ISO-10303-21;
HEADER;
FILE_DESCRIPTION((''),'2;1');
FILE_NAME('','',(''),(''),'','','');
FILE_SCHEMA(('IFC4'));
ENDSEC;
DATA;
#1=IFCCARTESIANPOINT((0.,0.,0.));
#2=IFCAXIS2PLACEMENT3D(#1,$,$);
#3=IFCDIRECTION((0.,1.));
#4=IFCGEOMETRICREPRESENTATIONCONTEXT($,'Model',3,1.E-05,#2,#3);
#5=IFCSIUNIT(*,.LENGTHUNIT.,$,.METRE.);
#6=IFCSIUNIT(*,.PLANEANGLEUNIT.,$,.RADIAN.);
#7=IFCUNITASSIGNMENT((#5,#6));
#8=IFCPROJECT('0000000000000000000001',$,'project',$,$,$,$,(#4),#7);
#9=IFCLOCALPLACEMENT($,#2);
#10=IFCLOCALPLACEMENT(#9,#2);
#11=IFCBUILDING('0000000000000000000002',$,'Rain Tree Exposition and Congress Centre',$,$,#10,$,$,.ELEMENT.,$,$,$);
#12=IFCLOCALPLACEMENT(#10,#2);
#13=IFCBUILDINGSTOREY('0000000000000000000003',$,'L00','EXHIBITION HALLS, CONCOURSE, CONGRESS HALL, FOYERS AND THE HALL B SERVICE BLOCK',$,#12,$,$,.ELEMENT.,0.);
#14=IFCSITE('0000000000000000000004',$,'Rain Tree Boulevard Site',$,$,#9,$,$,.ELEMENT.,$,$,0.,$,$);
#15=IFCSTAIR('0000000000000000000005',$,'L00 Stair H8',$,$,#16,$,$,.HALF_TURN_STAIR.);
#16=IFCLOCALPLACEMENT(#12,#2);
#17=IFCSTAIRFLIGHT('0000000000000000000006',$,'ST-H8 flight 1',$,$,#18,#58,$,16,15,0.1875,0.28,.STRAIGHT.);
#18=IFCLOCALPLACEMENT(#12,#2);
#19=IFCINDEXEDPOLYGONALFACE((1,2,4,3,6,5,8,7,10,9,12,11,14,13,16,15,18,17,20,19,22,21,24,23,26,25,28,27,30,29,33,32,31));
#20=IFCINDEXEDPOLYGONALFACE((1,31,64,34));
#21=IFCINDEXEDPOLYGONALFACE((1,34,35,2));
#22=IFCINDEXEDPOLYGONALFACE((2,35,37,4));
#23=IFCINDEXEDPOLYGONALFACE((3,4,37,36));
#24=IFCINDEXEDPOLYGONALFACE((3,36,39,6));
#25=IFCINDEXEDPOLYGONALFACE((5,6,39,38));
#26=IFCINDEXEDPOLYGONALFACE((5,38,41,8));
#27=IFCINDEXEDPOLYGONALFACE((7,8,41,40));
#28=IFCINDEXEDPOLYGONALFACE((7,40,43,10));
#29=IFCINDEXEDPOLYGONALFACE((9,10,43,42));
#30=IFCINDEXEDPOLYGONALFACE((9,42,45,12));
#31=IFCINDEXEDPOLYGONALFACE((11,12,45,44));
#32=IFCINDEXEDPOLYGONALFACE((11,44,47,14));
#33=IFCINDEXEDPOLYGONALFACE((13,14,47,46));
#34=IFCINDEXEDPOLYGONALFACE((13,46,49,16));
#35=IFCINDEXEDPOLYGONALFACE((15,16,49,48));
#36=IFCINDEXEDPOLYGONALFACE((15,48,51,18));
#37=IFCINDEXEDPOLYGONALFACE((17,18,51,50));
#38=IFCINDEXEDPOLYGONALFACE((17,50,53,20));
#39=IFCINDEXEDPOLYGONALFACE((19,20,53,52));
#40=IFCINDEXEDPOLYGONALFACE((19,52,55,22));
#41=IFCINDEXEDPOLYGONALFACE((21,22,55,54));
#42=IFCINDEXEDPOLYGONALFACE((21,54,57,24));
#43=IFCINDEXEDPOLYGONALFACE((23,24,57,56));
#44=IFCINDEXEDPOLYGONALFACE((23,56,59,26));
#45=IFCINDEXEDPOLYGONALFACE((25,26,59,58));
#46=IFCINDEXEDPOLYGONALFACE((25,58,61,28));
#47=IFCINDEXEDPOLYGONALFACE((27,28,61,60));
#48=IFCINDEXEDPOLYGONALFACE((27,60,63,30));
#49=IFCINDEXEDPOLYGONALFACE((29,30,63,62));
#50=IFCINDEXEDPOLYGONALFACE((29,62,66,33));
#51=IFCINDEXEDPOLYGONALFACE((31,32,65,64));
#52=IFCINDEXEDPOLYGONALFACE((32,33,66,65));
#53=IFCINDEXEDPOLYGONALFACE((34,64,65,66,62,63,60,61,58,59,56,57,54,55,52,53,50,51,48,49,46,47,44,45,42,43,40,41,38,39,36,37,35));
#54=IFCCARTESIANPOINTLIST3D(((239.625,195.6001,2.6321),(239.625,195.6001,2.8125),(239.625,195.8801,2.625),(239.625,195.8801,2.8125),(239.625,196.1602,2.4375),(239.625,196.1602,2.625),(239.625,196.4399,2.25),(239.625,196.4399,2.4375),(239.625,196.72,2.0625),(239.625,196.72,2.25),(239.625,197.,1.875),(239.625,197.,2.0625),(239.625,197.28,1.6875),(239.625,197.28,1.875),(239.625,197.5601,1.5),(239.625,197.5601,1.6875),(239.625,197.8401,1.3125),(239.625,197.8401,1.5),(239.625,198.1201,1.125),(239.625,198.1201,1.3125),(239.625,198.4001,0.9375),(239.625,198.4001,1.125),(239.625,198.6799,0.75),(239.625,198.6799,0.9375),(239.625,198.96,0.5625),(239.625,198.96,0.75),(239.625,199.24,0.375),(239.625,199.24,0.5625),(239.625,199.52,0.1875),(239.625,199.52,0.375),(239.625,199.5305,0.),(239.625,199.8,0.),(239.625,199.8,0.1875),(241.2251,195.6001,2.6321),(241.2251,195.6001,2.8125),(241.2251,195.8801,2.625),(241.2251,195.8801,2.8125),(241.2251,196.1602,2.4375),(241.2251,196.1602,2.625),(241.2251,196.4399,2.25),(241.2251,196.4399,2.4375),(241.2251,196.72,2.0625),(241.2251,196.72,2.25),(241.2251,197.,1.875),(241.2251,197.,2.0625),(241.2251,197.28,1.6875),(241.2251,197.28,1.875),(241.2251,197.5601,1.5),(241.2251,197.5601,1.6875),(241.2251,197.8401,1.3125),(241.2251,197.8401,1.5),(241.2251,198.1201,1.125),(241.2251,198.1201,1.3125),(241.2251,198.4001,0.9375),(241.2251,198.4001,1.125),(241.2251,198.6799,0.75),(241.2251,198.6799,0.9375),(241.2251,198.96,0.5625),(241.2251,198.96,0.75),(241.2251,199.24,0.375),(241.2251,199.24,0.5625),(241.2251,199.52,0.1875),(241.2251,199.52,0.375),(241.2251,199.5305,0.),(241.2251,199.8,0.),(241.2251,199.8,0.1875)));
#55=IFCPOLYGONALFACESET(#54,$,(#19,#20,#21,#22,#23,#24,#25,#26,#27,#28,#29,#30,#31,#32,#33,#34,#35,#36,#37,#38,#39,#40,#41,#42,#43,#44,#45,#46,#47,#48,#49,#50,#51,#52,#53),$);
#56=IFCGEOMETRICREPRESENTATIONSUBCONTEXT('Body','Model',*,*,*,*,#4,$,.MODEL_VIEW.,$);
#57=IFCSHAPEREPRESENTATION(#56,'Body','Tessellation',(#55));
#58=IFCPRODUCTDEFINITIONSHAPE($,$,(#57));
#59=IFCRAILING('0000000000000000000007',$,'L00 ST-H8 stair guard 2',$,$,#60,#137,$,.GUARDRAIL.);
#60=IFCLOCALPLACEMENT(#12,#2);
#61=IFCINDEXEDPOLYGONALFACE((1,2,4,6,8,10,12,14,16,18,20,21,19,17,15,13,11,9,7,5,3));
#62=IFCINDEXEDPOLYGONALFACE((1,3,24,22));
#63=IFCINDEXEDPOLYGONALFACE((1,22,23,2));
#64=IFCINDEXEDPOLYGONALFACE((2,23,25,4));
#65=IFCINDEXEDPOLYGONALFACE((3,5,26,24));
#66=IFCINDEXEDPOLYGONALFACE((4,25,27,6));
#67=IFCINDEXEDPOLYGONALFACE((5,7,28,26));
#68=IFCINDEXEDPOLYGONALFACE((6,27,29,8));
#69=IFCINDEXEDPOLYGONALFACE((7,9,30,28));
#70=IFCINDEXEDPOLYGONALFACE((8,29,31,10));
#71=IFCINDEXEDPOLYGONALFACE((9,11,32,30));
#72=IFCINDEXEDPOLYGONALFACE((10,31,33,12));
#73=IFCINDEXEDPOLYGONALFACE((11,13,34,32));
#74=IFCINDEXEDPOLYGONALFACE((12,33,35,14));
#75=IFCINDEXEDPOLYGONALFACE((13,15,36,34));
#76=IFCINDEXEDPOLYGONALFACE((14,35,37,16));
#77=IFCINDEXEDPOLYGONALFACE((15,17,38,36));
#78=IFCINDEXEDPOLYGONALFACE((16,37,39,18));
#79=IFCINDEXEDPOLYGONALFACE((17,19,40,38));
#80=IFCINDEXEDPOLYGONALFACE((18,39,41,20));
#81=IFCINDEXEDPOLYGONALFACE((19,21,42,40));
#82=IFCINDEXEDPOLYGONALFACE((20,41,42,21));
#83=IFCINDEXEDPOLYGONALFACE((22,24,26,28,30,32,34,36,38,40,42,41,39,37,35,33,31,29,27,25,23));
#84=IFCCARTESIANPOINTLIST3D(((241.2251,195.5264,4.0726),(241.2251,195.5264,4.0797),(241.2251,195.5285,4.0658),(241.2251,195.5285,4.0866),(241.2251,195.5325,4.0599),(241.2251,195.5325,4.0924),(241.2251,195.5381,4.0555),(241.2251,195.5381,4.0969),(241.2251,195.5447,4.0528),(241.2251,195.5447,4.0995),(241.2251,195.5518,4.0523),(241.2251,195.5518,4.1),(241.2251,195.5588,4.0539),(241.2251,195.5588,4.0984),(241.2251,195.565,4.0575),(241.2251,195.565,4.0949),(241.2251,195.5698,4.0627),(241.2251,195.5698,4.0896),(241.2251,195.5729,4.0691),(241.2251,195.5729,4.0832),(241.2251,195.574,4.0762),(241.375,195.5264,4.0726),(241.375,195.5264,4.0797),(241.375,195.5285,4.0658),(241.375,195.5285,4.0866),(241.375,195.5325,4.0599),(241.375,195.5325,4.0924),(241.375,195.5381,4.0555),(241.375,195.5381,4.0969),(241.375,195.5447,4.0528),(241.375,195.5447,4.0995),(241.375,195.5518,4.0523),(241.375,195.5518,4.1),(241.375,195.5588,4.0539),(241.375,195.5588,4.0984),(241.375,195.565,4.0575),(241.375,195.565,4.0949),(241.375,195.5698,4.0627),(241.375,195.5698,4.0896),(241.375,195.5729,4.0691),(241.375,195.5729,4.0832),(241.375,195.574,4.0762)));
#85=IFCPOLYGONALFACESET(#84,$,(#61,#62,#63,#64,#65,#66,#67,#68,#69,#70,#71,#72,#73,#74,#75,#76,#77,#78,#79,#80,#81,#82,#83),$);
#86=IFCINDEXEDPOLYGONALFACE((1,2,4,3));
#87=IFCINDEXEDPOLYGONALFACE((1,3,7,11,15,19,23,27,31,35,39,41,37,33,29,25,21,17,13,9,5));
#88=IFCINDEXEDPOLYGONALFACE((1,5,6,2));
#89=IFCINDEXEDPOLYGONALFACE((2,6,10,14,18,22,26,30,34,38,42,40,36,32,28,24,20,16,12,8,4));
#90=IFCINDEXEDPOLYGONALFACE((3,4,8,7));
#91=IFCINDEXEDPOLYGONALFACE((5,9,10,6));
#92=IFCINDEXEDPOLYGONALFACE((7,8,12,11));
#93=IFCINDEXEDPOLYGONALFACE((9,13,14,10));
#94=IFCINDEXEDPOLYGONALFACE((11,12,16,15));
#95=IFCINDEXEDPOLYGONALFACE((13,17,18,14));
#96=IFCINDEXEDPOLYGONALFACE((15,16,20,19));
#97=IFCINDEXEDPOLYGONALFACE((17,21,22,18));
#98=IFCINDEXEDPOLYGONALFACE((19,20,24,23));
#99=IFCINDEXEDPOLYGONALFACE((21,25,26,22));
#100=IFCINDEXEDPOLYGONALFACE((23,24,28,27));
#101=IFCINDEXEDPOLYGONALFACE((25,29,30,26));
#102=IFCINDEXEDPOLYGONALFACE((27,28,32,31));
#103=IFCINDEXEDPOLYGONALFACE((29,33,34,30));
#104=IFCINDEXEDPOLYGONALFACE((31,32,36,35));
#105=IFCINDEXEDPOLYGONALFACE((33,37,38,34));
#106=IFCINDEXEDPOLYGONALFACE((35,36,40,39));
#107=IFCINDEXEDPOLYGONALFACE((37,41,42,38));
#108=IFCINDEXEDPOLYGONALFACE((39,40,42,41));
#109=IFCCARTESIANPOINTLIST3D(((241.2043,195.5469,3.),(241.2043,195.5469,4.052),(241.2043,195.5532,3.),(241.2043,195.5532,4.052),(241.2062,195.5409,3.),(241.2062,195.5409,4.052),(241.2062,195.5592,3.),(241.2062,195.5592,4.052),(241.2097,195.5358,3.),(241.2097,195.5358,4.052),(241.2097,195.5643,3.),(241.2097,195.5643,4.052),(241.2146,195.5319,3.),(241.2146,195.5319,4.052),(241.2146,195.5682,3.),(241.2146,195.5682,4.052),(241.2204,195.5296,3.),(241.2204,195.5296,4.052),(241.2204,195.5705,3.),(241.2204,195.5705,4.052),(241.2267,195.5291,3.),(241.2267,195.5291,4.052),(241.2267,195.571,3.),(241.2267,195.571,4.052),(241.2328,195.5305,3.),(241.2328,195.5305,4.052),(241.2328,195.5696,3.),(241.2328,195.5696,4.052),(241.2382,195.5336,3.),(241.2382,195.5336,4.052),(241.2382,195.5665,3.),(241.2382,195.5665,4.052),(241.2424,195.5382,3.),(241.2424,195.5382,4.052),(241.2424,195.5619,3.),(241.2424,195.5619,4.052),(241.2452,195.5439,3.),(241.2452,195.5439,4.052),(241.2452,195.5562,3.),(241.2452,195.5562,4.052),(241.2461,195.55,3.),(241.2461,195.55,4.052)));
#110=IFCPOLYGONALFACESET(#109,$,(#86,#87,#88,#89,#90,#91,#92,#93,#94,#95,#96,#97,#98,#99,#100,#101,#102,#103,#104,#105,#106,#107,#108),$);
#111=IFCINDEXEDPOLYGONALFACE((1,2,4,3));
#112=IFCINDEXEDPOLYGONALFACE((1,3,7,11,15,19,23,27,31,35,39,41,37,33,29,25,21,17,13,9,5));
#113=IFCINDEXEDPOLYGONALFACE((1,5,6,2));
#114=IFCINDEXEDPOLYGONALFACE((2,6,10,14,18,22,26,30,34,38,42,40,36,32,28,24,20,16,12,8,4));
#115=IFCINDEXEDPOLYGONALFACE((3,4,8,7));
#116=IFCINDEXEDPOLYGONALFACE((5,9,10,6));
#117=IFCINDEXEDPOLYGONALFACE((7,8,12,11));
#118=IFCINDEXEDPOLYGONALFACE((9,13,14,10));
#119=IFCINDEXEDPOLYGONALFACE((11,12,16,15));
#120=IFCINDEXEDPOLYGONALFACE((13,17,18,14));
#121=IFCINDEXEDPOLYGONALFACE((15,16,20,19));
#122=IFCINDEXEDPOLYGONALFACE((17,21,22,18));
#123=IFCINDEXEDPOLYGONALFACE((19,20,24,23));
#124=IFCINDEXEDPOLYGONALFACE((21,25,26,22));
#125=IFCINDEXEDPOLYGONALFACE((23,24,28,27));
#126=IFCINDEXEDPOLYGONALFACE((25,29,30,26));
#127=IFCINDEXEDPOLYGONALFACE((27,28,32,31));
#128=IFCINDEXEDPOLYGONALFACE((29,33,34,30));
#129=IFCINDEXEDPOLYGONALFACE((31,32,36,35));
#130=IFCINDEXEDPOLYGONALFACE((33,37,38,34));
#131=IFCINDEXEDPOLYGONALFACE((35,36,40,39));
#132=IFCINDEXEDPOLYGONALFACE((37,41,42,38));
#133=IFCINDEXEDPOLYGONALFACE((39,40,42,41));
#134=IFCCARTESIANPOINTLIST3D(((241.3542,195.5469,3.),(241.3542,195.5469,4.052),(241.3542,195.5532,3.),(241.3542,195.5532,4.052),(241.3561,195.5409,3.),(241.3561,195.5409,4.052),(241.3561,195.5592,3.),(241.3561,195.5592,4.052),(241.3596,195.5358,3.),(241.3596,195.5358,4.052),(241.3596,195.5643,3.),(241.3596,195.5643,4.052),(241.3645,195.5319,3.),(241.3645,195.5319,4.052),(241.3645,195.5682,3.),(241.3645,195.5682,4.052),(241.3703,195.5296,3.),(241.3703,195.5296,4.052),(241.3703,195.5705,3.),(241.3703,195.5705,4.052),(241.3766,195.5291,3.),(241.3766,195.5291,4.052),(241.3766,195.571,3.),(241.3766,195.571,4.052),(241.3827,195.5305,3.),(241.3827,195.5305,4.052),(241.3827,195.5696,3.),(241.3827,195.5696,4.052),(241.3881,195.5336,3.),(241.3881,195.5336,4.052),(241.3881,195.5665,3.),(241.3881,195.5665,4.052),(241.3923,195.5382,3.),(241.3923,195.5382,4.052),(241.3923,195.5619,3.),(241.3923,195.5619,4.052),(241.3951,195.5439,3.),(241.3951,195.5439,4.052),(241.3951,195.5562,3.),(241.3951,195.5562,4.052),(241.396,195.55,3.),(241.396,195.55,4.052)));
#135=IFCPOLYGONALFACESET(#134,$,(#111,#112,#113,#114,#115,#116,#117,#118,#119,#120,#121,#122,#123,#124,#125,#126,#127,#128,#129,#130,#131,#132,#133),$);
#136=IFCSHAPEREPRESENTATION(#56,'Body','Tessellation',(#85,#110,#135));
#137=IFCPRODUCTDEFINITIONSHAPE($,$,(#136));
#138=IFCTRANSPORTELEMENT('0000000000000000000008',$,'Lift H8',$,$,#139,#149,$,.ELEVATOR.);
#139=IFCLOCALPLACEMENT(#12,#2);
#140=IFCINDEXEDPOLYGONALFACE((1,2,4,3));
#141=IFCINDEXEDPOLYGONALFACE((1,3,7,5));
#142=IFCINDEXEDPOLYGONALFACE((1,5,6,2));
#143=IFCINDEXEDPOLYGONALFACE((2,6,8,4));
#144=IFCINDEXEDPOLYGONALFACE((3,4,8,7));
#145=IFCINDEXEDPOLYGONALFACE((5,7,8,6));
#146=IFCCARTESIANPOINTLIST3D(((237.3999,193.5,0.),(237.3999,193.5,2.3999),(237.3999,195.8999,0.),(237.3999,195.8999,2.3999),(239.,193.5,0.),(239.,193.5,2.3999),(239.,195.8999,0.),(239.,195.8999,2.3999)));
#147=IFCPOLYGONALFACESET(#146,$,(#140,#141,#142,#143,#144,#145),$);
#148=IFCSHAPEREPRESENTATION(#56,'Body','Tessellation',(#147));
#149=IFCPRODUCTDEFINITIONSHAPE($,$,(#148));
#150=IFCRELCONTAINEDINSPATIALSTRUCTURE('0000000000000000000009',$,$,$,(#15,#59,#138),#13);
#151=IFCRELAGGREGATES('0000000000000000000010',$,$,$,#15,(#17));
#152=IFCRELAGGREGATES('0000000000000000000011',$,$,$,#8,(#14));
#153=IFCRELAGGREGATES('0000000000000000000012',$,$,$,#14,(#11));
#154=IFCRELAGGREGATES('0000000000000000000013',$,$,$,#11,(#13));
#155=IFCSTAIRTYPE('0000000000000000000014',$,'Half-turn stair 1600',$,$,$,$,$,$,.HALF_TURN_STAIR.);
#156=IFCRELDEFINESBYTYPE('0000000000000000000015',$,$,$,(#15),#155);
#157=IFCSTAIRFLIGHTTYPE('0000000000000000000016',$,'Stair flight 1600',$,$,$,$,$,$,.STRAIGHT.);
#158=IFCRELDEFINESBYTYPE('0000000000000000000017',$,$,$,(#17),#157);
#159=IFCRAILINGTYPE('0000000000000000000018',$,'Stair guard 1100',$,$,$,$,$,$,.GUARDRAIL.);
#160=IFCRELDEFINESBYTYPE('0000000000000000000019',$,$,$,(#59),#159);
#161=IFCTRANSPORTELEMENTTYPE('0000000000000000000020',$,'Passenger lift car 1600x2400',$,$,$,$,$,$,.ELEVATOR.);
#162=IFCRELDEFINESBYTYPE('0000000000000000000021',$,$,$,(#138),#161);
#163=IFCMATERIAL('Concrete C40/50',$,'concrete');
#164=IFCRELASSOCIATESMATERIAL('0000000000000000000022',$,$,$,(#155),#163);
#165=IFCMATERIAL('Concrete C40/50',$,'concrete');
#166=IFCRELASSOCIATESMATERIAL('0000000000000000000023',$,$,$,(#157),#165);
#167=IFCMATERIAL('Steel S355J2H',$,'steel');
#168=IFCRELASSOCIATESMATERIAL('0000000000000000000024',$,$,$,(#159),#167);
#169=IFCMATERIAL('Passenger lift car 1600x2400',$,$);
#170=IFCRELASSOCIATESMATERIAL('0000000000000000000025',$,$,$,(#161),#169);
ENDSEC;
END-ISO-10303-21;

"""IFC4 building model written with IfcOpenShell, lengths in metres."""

from ifc_helpers import new_model, si_unit, direction, frame, origin, origin_2d, place, context, subcontext, project, spatial, polyline, rectangle, circle, outline, extrude, material, type_object, element, aggregate, save


model = new_model("IFC4")

# Units and contexts
model_context = context("Model", 3, precision=1e-05, world=origin(), true_north=direction((0.0, 1.0)))
body_context = subcontext(model_context, "Body", "Model", "MODEL_VIEW")
ifc_project = project(units=[si_unit("LENGTHUNIT", "METRE"), si_unit("PLANEANGLEUNIT", "RADIAN")], contexts=[model_context])

# Site, building, storey
site_placement = place(None, origin())
site = spatial("IfcSite", under=ifc_project, at=site_placement, Name="Rain Tree Boulevard Site", CompositionType="ELEMENT", RefElevation=0.0)
building_placement = place(site_placement, origin())
building = spatial("IfcBuilding", under=site, at=building_placement, Name="Rain Tree Exposition and Congress Centre", CompositionType="ELEMENT")
storey_placement = place(building_placement, origin())
storey = spatial("IfcBuildingStorey", under=building, at=storey_placement, Name="L00", Description="EXHIBITION HALLS, CONCOURSE, CONGRESS HALL, FOYERS AND THE HALL B SERVICE BLOCK", CompositionType="ELEMENT", Elevation=0.0)

# Stair, stair flight
ifc_material_1 = material(Name="Concrete C40/50", Category="concrete")
stair_type = type_object("IfcStairType", Name="Half-turn stair 1600", PredefinedType="HALF_TURN_STAIR", material=ifc_material_1)
stair_placement = place(storey_placement, origin())
stair = element("IfcStair", 1, at=stair_placement, inside=storey, type_object=stair_type, Name="L00 Stair H8", PredefinedType="HALF_TURN_STAIR")
ifc_material_2 = material(Name="Concrete C40/50", Category="concrete")
stair_flight_type = type_object("IfcStairFlightType", Name="Stair flight 1600", PredefinedType="STRAIGHT", material=ifc_material_2)
stair_flight_placement = place(storey_placement, frame((240.425, 199.8, 0.0), z_axis=(0.0, 0.0, 1.0), x_axis=(0.0, -1.0, 0.0)))
stair_flight = element("IfcStairFlight", 2, at=stair_flight_placement, type_object=stair_flight_type, Name="ST-H8 flight 1", NumberOfRisers=16, NumberOfTreads=15, PredefinedType="STRAIGHT", RiserHeight=0.1875, TreadLength=0.28, context=body_context, shape_type="SweptSolid", body=[
    extrude(outline(polyline([(0.0, 0.0), (0.0, 0.1875), (0.28, 0.1875), (0.28, 0.375), (0.5601, 0.375), (0.5601, 0.5625), (0.8401, 0.5625), (0.8401, 0.75), (1.1201, 0.75), (1.1201, 0.9375), (1.3999, 0.9375), (1.3999, 1.125), (1.6799, 1.125), (1.6799, 1.3125), (1.96, 1.3125), (1.96, 1.5), (2.24, 1.5), (2.24, 1.6875), (2.52, 1.6875), (2.52, 1.875), (2.8, 1.875), (2.8, 2.0625), (3.0801, 2.0625), (3.0801, 2.25), (3.3601, 2.25), (3.3601, 2.4375), (3.6399, 2.4375), (3.6399, 2.625), (3.9199, 2.625), (3.9199, 2.8125), (4.2, 2.8125), (4.2, 3.0), (4.2, 2.6321), (0.2695, 0.0), (0.0, 0.0)])), frame((0.0, 0.8, 0.0), z_axis=(0.0, -1.0, 0.0), x_axis=(1.0, 0.0, 0.0)), (0.0, 0.0, 1.0), 1.6001),
])
aggregate(stair, [stair_flight])

# Railing
ifc_material_3 = material(Name="Steel S355J2H", Category="steel")
railing_type_1 = type_object("IfcRailingType", Name="Stair guard 1100", PredefinedType="GUARDRAIL", material=ifc_material_3)
railing_1_placement = place(storey_placement, frame((241.2251, 195.55, 3.0)))
element("IfcRailing", 3, at=railing_1_placement, inside=storey, type_object=railing_type_1, Name="L00 ST-H8 stair guard 2", PredefinedType="GUARDRAIL", context=body_context, shape_type="SweptSolid", body=[
    extrude(circle(Radius=0.0239, at=origin_2d()), frame((0.0, 0.0, 1.0762), z_axis=(1.0, 0.0, 0.0), x_axis=(0.0, 1.0, 0.0)), (0.0, 0.0, 1.0), 0.1499),
    extrude(circle(Radius=0.021, at=origin_2d()), origin(), (0.0, 0.0, 1.0), 1.052),
    extrude(circle(Radius=0.021, at=origin_2d()), frame((0.1499, 0.0, 0.0)), (0.0, 0.0, 1.0), 1.052),
])

# Transport element
ifc_material_4 = material(Name="Passenger lift car 1600x2400")
transport_element_type = type_object("IfcTransportElementType", Name="Passenger lift car 1600x2400", PredefinedType="ELEVATOR", material=ifc_material_4)
transport_element_placement = place(storey_placement, frame((238.2, 194.7, 0.0), z_axis=(0.0, 0.0, 1.0), x_axis=(1.0, 0.0, 0.0)))
element("IfcTransportElement", 4, at=transport_element_placement, inside=storey, type_object=transport_element_type, Name="Lift H8", PredefinedType="ELEVATOR", context=body_context, shape_type="SweptSolid", body=[
    extrude(rectangle(XDim=1.6001, YDim=2.3999, at=origin_2d()), origin(), (0.0, 0.0, 1.0), 2.3999),
])

save(model, "model.ifc")
